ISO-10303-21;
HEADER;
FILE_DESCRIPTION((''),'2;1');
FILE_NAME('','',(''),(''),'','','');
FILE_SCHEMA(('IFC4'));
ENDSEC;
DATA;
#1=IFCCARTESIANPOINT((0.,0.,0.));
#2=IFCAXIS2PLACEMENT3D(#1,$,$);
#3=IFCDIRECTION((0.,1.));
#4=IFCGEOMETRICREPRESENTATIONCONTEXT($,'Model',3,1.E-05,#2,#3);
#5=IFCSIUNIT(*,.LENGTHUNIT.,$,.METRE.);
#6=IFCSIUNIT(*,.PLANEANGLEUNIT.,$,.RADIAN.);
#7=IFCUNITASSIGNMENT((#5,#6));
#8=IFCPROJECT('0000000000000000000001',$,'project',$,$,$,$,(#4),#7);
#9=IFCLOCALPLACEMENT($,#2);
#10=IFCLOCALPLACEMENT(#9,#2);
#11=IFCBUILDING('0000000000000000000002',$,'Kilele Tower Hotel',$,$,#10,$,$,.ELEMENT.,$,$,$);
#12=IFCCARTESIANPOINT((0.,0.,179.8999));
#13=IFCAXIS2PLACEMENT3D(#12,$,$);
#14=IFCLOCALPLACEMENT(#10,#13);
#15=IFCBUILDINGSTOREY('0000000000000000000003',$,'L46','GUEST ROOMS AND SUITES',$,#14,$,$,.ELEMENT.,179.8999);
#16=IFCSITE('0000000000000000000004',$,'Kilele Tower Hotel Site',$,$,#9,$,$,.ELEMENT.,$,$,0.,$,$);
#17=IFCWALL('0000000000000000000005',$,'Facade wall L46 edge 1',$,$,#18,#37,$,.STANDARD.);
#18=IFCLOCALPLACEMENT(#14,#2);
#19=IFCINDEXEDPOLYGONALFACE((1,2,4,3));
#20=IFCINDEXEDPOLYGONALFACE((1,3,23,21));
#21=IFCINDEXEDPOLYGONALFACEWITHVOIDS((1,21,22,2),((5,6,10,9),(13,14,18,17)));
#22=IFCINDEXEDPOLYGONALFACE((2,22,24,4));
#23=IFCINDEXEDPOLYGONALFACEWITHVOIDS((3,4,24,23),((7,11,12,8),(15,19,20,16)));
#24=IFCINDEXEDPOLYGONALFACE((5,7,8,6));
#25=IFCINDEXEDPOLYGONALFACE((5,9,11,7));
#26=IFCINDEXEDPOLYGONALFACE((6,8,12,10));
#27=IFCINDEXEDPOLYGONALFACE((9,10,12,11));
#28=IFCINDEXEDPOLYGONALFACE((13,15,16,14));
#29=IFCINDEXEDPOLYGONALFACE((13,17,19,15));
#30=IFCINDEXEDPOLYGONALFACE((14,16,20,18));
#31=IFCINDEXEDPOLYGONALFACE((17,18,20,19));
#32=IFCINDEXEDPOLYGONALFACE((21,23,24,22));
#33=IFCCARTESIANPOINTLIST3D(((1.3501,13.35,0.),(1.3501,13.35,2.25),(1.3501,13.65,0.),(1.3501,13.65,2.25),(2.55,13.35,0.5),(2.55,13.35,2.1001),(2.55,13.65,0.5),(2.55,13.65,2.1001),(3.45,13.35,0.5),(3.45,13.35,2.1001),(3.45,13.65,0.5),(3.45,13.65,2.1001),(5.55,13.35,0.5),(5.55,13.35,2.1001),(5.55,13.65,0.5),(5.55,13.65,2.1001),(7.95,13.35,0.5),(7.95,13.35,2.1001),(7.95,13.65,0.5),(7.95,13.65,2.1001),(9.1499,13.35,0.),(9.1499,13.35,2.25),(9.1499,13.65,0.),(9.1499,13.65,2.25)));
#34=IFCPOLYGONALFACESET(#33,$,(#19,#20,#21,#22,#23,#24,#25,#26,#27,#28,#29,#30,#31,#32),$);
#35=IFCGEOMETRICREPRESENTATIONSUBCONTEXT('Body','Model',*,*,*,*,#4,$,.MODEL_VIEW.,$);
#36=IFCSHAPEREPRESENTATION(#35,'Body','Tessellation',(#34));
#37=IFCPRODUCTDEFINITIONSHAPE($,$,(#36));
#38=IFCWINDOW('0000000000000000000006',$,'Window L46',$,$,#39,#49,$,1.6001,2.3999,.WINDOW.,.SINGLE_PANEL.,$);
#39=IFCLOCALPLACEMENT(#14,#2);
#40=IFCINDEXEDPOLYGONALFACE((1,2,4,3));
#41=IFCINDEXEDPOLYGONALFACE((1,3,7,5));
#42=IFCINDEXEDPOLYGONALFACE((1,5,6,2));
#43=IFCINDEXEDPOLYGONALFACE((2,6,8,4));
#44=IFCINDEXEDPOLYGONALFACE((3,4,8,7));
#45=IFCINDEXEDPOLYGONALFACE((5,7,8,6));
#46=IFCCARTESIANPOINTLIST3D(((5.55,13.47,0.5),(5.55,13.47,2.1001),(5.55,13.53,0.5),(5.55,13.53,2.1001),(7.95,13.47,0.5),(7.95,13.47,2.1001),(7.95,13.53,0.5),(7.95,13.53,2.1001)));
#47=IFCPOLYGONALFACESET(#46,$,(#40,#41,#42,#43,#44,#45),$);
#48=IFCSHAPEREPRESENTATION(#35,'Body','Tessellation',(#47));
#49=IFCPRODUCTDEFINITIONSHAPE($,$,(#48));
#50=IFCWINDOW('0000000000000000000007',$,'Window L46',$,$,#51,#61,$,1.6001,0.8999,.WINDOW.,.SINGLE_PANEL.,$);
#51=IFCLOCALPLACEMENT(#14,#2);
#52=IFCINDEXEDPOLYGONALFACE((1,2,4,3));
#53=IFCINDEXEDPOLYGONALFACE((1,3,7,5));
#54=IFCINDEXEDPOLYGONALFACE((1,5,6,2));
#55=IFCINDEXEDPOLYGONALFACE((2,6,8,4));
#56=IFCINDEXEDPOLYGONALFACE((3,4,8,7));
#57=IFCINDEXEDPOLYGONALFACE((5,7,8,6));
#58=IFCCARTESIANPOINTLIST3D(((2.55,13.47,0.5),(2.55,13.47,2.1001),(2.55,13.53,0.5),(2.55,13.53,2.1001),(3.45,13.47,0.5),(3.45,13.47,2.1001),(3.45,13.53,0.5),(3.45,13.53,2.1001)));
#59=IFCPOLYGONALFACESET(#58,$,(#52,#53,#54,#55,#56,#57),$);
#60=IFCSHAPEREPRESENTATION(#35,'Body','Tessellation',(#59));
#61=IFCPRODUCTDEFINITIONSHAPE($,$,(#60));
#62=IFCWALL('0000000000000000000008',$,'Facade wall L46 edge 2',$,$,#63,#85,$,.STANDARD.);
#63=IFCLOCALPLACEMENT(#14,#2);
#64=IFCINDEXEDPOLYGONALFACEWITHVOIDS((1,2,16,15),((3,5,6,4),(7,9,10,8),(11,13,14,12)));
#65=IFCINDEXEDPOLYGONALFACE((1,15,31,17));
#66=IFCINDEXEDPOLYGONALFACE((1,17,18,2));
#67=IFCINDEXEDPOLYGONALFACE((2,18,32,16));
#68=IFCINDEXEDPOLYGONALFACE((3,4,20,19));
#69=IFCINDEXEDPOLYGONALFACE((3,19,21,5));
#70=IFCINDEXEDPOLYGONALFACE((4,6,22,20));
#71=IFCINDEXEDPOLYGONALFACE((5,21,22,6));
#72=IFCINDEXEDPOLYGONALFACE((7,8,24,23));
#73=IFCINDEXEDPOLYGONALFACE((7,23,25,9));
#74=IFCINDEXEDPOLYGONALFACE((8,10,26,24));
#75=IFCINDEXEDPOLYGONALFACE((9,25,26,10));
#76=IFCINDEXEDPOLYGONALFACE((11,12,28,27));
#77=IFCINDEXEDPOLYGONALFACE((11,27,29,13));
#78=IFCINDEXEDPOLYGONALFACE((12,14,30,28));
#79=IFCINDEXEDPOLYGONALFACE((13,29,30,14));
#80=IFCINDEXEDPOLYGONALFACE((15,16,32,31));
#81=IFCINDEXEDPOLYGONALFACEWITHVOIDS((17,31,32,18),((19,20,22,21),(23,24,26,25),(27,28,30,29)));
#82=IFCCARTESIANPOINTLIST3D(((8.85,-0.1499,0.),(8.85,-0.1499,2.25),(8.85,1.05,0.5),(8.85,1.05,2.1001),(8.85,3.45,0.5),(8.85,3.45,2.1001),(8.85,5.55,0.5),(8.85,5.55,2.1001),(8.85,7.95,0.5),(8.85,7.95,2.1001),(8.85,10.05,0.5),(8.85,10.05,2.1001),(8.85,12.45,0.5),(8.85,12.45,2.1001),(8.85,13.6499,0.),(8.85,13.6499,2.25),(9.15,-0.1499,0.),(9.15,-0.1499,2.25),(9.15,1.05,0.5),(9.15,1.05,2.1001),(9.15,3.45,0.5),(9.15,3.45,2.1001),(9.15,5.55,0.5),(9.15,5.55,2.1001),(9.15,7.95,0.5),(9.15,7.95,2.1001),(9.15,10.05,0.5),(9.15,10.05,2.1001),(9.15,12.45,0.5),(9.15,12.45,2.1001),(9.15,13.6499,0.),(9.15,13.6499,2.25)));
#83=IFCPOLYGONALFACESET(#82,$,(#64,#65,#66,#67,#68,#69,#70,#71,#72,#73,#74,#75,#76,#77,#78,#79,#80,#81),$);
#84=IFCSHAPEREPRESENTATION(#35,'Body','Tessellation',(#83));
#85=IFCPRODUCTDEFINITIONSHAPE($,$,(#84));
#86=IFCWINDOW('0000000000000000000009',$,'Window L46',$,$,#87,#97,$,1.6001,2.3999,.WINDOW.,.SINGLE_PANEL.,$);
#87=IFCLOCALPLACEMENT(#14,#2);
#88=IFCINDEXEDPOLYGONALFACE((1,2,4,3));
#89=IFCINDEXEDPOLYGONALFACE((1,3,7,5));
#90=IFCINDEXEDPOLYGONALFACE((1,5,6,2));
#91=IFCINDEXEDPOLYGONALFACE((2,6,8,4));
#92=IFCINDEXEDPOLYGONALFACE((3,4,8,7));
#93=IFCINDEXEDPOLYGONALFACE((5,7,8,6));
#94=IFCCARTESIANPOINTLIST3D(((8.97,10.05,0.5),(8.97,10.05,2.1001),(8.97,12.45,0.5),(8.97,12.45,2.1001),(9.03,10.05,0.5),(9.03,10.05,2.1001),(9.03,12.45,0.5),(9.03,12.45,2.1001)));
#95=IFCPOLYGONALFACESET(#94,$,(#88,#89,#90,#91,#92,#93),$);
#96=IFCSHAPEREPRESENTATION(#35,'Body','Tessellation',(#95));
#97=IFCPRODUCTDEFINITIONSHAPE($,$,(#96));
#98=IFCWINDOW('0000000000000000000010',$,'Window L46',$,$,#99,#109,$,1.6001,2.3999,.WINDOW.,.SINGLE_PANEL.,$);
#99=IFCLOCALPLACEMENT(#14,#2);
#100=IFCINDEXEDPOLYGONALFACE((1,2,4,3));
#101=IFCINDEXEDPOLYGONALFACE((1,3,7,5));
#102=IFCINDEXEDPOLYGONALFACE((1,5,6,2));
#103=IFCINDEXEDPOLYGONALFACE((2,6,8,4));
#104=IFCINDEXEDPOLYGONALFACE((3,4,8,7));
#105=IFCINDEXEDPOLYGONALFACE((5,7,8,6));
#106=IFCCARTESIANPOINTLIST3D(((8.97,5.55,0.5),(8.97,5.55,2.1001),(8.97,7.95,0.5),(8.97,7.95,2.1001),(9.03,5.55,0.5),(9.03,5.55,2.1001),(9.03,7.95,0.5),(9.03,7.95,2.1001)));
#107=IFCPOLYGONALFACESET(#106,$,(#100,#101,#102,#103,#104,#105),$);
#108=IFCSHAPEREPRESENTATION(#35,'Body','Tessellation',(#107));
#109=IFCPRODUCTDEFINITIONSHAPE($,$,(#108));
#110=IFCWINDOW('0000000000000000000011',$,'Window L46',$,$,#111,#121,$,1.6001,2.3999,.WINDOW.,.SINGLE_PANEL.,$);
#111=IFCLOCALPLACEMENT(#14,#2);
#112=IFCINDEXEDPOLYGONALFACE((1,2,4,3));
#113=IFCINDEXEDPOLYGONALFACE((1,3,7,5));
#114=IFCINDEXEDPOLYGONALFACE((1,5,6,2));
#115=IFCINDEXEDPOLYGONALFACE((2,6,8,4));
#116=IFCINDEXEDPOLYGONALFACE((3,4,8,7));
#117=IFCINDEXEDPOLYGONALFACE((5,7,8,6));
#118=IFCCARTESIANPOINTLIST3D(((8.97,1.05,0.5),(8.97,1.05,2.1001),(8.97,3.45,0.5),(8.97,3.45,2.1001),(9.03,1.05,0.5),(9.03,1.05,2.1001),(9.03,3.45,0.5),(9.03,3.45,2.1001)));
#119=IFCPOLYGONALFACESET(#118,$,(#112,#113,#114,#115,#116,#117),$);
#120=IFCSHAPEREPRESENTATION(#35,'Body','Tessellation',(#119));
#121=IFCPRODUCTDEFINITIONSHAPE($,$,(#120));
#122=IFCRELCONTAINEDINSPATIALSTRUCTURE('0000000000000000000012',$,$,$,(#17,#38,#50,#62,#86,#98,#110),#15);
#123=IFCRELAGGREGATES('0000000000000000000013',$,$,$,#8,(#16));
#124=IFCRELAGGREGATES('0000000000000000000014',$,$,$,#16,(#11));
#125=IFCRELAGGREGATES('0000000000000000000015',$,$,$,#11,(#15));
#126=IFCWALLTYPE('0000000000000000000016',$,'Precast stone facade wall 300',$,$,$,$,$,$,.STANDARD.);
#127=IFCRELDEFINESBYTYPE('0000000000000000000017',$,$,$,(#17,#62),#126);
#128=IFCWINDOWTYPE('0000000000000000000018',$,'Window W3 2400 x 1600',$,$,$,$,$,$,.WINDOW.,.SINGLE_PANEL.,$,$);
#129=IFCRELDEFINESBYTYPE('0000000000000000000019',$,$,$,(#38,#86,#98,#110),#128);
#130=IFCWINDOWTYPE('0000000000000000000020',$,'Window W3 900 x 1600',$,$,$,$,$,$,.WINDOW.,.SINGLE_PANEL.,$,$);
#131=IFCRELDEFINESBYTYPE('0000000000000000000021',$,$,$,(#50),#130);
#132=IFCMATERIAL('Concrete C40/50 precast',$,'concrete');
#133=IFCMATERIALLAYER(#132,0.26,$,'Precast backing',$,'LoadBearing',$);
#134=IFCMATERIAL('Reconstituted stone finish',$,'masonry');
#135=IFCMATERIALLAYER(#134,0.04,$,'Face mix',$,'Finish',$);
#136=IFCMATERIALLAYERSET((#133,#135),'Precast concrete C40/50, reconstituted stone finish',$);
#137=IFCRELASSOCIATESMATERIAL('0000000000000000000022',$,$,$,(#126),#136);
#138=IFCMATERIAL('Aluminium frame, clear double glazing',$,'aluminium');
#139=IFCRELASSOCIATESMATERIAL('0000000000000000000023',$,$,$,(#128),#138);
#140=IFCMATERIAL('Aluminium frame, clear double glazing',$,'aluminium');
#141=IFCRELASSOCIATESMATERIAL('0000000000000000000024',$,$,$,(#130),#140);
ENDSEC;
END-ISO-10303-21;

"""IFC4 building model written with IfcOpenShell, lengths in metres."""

from ifc_helpers import new_model, si_unit, direction, frame, frame_2d, origin, place, context, subcontext, project, spatial, rectangle, extrude, material, layer, layer_set, type_object, element, fill, save


model = new_model("IFC4")

# Units and contexts
model_context = context("Model", 3, precision=1e-05, world=origin(), true_north=direction((0.0, 1.0)))
body_context = subcontext(model_context, "Body", "Model", "MODEL_VIEW")
ifc_project = project(units=[si_unit("LENGTHUNIT", "METRE"), si_unit("PLANEANGLEUNIT", "RADIAN")], contexts=[model_context])

# Site, building, storey
site_placement = place(None, origin())
site = spatial("IfcSite", under=ifc_project, at=site_placement, Name="Kilele Tower Hotel Site", CompositionType="ELEMENT", RefElevation=0.0)
building_placement = place(site_placement, origin())
building = spatial("IfcBuilding", under=site, at=building_placement, Name="Kilele Tower Hotel", CompositionType="ELEMENT")
storey_placement = place(building_placement, frame((0.0, 0.0, 179.8999)))
storey = spatial("IfcBuildingStorey", under=building, at=storey_placement, Name="L46", Description="GUEST ROOMS AND SUITES", CompositionType="ELEMENT", Elevation=179.8999)

# Walls, openings, windows
ifc_material_1 = material(Name="Concrete C40/50 precast", Category="concrete")
ifc_layer_1 = layer(ifc_material_1, 0.26, Name="Precast backing", Category="LoadBearing")
ifc_material_2 = material(Name="Reconstituted stone finish", Category="masonry")
ifc_layer_2 = layer(ifc_material_2, 0.04, Name="Face mix", Category="Finish")
ifc_layer_set_1 = layer_set([ifc_layer_1, ifc_layer_2], Name="Precast concrete C40/50, reconstituted stone finish")
wall_type_1 = type_object("IfcWallType", Name="Precast stone facade wall 300", PredefinedType="STANDARD", material=ifc_layer_set_1)
wall_1_placement = place(storey_placement, frame((1.3501, 13.5, 0.0), z_axis=(0.0, 0.0, 1.0), x_axis=(1.0, 0.0, 0.0)))
wall_1 = element("IfcWall", 1, at=wall_1_placement, inside=storey, type_object=wall_type_1, Name="Facade wall L46 edge 1", PredefinedType="STANDARD", context=body_context, shape_type="SweptSolid", body=[
    extrude(rectangle(XDim=7.7998, YDim=0.3, at=frame_2d((3.8999, 0.0))), origin(), (0.0, 0.0, 1.0), 2.25),
])
opening_1_placement = place(wall_1_placement, frame((1.2, 0.0, 0.5)))
opening_1 = element("IfcOpeningElement", 2, at=opening_1_placement, cuts=wall_1, PredefinedType="OPENING", context=body_context, shape_type="SweptSolid", body=[
    extrude(rectangle(XDim=0.8999, YDim=1.6001, at=frame_2d((0.45, 0.8))), frame((0.0, 0.1599, 0.0), z_axis=(0.0, -1.0, 0.0), x_axis=(1.0, 0.0, 0.0)), (0.0, 0.0, 1.0), 0.3201),
])
opening_2_placement = place(wall_1_placement, frame((4.2, 0.0, 0.5)))
opening_2 = element("IfcOpeningElement", 3, at=opening_2_placement, cuts=wall_1, PredefinedType="OPENING", context=body_context, shape_type="SweptSolid", body=[
    extrude(rectangle(XDim=2.3999, YDim=1.6001, at=frame_2d((1.2, 0.8))), frame((0.0, 0.1599, 0.0), z_axis=(0.0, -1.0, 0.0), x_axis=(1.0, 0.0, 0.0)), (0.0, 0.0, 1.0), 0.3201),
])
ifc_material_3 = material(Name="Aluminium frame, clear double glazing", Category="aluminium")
window_type_1 = type_object("IfcWindowType", Name="Window W3 2400 x 1600", PartitioningType="SINGLE_PANEL", PredefinedType="WINDOW", material=ifc_material_3)
window_1_placement = place(opening_2_placement, origin())
window_1 = element("IfcWindow", 4, at=window_1_placement, inside=storey, type_object=window_type_1, Name="Window L46", OverallHeight=1.6001, OverallWidth=2.3999, PartitioningType="SINGLE_PANEL", PredefinedType="WINDOW", context=body_context, shape_type="SweptSolid", body=[
    extrude(rectangle(XDim=2.3999, YDim=1.6001, at=frame_2d((1.2, 0.8))), frame((0.0, 0.03, 0.0), z_axis=(0.0, -1.0, 0.0), x_axis=(1.0, 0.0, 0.0)), (0.0, 0.0, 1.0), 0.0601),
])
fill(opening_2, window_1)
ifc_material_4 = material(Name="Aluminium frame, clear double glazing", Category="aluminium")
window_type_2 = type_object("IfcWindowType", Name="Window W3 900 x 1600", PartitioningType="SINGLE_PANEL", PredefinedType="WINDOW", material=ifc_material_4)
window_2_placement = place(opening_1_placement, origin())
window_2 = element("IfcWindow", 5, at=window_2_placement, inside=storey, type_object=window_type_2, Name="Window L46", OverallHeight=1.6001, OverallWidth=0.8999, PartitioningType="SINGLE_PANEL", PredefinedType="WINDOW", context=body_context, shape_type="SweptSolid", body=[
    extrude(rectangle(XDim=0.8999, YDim=1.6001, at=frame_2d((0.45, 0.8))), frame((0.0, 0.03, 0.0), z_axis=(0.0, -1.0, 0.0), x_axis=(1.0, 0.0, 0.0)), (0.0, 0.0, 1.0), 0.0601),
])
fill(opening_1, window_2)
wall_2_placement = place(storey_placement, frame((9.0, 13.6499, 0.0), z_axis=(0.0, 0.0, 1.0), x_axis=(0.0, -1.0, 0.0)))
wall_2 = element("IfcWall", 6, at=wall_2_placement, inside=storey, type_object=wall_type_1, Name="Facade wall L46 edge 2", PredefinedType="STANDARD", context=body_context, shape_type="SweptSolid", body=[
    extrude(rectangle(XDim=13.7998, YDim=0.3, at=frame_2d((6.8999, 0.0))), origin(), (0.0, 0.0, 1.0), 2.25),
])
opening_3_placement = place(wall_2_placement, frame((1.2, 0.0, 0.5)))
opening_3 = element("IfcOpeningElement", 7, at=opening_3_placement, cuts=wall_2, PredefinedType="OPENING", context=body_context, shape_type="SweptSolid", body=[
    extrude(rectangle(XDim=2.3999, YDim=1.6001, at=frame_2d((1.2, 0.8))), frame((0.0, 0.1599, 0.0), z_axis=(0.0, -1.0, 0.0), x_axis=(1.0, 0.0, 0.0)), (0.0, 0.0, 1.0), 0.3201),
])
opening_4_placement = place(wall_2_placement, frame((5.7, 0.0, 0.5)))
opening_4 = element("IfcOpeningElement", 8, at=opening_4_placement, cuts=wall_2, PredefinedType="OPENING", context=body_context, shape_type="SweptSolid", body=[
    extrude(rectangle(XDim=2.3999, YDim=1.6001, at=frame_2d((1.2, 0.8))), frame((0.0, 0.1599, 0.0), z_axis=(0.0, -1.0, 0.0), x_axis=(1.0, 0.0, 0.0)), (0.0, 0.0, 1.0), 0.3201),
])
opening_5_placement = place(wall_2_placement, frame((10.2, 0.0, 0.5)))
opening_5 = element("IfcOpeningElement", 9, at=opening_5_placement, cuts=wall_2, PredefinedType="OPENING", context=body_context, shape_type="SweptSolid", body=[
    extrude(rectangle(XDim=2.3999, YDim=1.6001, at=frame_2d((1.2, 0.8))), frame((0.0, 0.1599, 0.0), z_axis=(0.0, -1.0, 0.0), x_axis=(1.0, 0.0, 0.0)), (0.0, 0.0, 1.0), 0.3201),
])
window_3_placement = place(opening_3_placement, origin())
window_3 = element("IfcWindow", 10, at=window_3_placement, inside=storey, type_object=window_type_1, Name="Window L46", OverallHeight=1.6001, OverallWidth=2.3999, PartitioningType="SINGLE_PANEL", PredefinedType="WINDOW", context=body_context, shape_type="SweptSolid", body=[
    extrude(rectangle(XDim=2.3999, YDim=1.6001, at=frame_2d((1.2, 0.8))), frame((0.0, 0.03, 0.0), z_axis=(0.0, -1.0, 0.0), x_axis=(1.0, 0.0, 0.0)), (0.0, 0.0, 1.0), 0.0601),
])
fill(opening_3, window_3)
window_4_placement = place(opening_4_placement, origin())
window_4 = element("IfcWindow", 11, at=window_4_placement, inside=storey, type_object=window_type_1, Name="Window L46", OverallHeight=1.6001, OverallWidth=2.3999, PartitioningType="SINGLE_PANEL", PredefinedType="WINDOW", context=body_context, shape_type="SweptSolid", body=[
    extrude(rectangle(XDim=2.3999, YDim=1.6001, at=frame_2d((1.2, 0.8))), frame((0.0, 0.03, 0.0), z_axis=(0.0, -1.0, 0.0), x_axis=(1.0, 0.0, 0.0)), (0.0, 0.0, 1.0), 0.0601),
])
fill(opening_4, window_4)
window_5_placement = place(opening_5_placement, origin())
window_5 = element("IfcWindow", 12, at=window_5_placement, inside=storey, type_object=window_type_1, Name="Window L46", OverallHeight=1.6001, OverallWidth=2.3999, PartitioningType="SINGLE_PANEL", PredefinedType="WINDOW", context=body_context, shape_type="SweptSolid", body=[
    extrude(rectangle(XDim=2.3999, YDim=1.6001, at=frame_2d((1.2, 0.8))), frame((0.0, 0.03, 0.0), z_axis=(0.0, -1.0, 0.0), x_axis=(1.0, 0.0, 0.0)), (0.0, 0.0, 1.0), 0.0601),
])
fill(opening_5, window_5)

save(model, "model.ifc")
